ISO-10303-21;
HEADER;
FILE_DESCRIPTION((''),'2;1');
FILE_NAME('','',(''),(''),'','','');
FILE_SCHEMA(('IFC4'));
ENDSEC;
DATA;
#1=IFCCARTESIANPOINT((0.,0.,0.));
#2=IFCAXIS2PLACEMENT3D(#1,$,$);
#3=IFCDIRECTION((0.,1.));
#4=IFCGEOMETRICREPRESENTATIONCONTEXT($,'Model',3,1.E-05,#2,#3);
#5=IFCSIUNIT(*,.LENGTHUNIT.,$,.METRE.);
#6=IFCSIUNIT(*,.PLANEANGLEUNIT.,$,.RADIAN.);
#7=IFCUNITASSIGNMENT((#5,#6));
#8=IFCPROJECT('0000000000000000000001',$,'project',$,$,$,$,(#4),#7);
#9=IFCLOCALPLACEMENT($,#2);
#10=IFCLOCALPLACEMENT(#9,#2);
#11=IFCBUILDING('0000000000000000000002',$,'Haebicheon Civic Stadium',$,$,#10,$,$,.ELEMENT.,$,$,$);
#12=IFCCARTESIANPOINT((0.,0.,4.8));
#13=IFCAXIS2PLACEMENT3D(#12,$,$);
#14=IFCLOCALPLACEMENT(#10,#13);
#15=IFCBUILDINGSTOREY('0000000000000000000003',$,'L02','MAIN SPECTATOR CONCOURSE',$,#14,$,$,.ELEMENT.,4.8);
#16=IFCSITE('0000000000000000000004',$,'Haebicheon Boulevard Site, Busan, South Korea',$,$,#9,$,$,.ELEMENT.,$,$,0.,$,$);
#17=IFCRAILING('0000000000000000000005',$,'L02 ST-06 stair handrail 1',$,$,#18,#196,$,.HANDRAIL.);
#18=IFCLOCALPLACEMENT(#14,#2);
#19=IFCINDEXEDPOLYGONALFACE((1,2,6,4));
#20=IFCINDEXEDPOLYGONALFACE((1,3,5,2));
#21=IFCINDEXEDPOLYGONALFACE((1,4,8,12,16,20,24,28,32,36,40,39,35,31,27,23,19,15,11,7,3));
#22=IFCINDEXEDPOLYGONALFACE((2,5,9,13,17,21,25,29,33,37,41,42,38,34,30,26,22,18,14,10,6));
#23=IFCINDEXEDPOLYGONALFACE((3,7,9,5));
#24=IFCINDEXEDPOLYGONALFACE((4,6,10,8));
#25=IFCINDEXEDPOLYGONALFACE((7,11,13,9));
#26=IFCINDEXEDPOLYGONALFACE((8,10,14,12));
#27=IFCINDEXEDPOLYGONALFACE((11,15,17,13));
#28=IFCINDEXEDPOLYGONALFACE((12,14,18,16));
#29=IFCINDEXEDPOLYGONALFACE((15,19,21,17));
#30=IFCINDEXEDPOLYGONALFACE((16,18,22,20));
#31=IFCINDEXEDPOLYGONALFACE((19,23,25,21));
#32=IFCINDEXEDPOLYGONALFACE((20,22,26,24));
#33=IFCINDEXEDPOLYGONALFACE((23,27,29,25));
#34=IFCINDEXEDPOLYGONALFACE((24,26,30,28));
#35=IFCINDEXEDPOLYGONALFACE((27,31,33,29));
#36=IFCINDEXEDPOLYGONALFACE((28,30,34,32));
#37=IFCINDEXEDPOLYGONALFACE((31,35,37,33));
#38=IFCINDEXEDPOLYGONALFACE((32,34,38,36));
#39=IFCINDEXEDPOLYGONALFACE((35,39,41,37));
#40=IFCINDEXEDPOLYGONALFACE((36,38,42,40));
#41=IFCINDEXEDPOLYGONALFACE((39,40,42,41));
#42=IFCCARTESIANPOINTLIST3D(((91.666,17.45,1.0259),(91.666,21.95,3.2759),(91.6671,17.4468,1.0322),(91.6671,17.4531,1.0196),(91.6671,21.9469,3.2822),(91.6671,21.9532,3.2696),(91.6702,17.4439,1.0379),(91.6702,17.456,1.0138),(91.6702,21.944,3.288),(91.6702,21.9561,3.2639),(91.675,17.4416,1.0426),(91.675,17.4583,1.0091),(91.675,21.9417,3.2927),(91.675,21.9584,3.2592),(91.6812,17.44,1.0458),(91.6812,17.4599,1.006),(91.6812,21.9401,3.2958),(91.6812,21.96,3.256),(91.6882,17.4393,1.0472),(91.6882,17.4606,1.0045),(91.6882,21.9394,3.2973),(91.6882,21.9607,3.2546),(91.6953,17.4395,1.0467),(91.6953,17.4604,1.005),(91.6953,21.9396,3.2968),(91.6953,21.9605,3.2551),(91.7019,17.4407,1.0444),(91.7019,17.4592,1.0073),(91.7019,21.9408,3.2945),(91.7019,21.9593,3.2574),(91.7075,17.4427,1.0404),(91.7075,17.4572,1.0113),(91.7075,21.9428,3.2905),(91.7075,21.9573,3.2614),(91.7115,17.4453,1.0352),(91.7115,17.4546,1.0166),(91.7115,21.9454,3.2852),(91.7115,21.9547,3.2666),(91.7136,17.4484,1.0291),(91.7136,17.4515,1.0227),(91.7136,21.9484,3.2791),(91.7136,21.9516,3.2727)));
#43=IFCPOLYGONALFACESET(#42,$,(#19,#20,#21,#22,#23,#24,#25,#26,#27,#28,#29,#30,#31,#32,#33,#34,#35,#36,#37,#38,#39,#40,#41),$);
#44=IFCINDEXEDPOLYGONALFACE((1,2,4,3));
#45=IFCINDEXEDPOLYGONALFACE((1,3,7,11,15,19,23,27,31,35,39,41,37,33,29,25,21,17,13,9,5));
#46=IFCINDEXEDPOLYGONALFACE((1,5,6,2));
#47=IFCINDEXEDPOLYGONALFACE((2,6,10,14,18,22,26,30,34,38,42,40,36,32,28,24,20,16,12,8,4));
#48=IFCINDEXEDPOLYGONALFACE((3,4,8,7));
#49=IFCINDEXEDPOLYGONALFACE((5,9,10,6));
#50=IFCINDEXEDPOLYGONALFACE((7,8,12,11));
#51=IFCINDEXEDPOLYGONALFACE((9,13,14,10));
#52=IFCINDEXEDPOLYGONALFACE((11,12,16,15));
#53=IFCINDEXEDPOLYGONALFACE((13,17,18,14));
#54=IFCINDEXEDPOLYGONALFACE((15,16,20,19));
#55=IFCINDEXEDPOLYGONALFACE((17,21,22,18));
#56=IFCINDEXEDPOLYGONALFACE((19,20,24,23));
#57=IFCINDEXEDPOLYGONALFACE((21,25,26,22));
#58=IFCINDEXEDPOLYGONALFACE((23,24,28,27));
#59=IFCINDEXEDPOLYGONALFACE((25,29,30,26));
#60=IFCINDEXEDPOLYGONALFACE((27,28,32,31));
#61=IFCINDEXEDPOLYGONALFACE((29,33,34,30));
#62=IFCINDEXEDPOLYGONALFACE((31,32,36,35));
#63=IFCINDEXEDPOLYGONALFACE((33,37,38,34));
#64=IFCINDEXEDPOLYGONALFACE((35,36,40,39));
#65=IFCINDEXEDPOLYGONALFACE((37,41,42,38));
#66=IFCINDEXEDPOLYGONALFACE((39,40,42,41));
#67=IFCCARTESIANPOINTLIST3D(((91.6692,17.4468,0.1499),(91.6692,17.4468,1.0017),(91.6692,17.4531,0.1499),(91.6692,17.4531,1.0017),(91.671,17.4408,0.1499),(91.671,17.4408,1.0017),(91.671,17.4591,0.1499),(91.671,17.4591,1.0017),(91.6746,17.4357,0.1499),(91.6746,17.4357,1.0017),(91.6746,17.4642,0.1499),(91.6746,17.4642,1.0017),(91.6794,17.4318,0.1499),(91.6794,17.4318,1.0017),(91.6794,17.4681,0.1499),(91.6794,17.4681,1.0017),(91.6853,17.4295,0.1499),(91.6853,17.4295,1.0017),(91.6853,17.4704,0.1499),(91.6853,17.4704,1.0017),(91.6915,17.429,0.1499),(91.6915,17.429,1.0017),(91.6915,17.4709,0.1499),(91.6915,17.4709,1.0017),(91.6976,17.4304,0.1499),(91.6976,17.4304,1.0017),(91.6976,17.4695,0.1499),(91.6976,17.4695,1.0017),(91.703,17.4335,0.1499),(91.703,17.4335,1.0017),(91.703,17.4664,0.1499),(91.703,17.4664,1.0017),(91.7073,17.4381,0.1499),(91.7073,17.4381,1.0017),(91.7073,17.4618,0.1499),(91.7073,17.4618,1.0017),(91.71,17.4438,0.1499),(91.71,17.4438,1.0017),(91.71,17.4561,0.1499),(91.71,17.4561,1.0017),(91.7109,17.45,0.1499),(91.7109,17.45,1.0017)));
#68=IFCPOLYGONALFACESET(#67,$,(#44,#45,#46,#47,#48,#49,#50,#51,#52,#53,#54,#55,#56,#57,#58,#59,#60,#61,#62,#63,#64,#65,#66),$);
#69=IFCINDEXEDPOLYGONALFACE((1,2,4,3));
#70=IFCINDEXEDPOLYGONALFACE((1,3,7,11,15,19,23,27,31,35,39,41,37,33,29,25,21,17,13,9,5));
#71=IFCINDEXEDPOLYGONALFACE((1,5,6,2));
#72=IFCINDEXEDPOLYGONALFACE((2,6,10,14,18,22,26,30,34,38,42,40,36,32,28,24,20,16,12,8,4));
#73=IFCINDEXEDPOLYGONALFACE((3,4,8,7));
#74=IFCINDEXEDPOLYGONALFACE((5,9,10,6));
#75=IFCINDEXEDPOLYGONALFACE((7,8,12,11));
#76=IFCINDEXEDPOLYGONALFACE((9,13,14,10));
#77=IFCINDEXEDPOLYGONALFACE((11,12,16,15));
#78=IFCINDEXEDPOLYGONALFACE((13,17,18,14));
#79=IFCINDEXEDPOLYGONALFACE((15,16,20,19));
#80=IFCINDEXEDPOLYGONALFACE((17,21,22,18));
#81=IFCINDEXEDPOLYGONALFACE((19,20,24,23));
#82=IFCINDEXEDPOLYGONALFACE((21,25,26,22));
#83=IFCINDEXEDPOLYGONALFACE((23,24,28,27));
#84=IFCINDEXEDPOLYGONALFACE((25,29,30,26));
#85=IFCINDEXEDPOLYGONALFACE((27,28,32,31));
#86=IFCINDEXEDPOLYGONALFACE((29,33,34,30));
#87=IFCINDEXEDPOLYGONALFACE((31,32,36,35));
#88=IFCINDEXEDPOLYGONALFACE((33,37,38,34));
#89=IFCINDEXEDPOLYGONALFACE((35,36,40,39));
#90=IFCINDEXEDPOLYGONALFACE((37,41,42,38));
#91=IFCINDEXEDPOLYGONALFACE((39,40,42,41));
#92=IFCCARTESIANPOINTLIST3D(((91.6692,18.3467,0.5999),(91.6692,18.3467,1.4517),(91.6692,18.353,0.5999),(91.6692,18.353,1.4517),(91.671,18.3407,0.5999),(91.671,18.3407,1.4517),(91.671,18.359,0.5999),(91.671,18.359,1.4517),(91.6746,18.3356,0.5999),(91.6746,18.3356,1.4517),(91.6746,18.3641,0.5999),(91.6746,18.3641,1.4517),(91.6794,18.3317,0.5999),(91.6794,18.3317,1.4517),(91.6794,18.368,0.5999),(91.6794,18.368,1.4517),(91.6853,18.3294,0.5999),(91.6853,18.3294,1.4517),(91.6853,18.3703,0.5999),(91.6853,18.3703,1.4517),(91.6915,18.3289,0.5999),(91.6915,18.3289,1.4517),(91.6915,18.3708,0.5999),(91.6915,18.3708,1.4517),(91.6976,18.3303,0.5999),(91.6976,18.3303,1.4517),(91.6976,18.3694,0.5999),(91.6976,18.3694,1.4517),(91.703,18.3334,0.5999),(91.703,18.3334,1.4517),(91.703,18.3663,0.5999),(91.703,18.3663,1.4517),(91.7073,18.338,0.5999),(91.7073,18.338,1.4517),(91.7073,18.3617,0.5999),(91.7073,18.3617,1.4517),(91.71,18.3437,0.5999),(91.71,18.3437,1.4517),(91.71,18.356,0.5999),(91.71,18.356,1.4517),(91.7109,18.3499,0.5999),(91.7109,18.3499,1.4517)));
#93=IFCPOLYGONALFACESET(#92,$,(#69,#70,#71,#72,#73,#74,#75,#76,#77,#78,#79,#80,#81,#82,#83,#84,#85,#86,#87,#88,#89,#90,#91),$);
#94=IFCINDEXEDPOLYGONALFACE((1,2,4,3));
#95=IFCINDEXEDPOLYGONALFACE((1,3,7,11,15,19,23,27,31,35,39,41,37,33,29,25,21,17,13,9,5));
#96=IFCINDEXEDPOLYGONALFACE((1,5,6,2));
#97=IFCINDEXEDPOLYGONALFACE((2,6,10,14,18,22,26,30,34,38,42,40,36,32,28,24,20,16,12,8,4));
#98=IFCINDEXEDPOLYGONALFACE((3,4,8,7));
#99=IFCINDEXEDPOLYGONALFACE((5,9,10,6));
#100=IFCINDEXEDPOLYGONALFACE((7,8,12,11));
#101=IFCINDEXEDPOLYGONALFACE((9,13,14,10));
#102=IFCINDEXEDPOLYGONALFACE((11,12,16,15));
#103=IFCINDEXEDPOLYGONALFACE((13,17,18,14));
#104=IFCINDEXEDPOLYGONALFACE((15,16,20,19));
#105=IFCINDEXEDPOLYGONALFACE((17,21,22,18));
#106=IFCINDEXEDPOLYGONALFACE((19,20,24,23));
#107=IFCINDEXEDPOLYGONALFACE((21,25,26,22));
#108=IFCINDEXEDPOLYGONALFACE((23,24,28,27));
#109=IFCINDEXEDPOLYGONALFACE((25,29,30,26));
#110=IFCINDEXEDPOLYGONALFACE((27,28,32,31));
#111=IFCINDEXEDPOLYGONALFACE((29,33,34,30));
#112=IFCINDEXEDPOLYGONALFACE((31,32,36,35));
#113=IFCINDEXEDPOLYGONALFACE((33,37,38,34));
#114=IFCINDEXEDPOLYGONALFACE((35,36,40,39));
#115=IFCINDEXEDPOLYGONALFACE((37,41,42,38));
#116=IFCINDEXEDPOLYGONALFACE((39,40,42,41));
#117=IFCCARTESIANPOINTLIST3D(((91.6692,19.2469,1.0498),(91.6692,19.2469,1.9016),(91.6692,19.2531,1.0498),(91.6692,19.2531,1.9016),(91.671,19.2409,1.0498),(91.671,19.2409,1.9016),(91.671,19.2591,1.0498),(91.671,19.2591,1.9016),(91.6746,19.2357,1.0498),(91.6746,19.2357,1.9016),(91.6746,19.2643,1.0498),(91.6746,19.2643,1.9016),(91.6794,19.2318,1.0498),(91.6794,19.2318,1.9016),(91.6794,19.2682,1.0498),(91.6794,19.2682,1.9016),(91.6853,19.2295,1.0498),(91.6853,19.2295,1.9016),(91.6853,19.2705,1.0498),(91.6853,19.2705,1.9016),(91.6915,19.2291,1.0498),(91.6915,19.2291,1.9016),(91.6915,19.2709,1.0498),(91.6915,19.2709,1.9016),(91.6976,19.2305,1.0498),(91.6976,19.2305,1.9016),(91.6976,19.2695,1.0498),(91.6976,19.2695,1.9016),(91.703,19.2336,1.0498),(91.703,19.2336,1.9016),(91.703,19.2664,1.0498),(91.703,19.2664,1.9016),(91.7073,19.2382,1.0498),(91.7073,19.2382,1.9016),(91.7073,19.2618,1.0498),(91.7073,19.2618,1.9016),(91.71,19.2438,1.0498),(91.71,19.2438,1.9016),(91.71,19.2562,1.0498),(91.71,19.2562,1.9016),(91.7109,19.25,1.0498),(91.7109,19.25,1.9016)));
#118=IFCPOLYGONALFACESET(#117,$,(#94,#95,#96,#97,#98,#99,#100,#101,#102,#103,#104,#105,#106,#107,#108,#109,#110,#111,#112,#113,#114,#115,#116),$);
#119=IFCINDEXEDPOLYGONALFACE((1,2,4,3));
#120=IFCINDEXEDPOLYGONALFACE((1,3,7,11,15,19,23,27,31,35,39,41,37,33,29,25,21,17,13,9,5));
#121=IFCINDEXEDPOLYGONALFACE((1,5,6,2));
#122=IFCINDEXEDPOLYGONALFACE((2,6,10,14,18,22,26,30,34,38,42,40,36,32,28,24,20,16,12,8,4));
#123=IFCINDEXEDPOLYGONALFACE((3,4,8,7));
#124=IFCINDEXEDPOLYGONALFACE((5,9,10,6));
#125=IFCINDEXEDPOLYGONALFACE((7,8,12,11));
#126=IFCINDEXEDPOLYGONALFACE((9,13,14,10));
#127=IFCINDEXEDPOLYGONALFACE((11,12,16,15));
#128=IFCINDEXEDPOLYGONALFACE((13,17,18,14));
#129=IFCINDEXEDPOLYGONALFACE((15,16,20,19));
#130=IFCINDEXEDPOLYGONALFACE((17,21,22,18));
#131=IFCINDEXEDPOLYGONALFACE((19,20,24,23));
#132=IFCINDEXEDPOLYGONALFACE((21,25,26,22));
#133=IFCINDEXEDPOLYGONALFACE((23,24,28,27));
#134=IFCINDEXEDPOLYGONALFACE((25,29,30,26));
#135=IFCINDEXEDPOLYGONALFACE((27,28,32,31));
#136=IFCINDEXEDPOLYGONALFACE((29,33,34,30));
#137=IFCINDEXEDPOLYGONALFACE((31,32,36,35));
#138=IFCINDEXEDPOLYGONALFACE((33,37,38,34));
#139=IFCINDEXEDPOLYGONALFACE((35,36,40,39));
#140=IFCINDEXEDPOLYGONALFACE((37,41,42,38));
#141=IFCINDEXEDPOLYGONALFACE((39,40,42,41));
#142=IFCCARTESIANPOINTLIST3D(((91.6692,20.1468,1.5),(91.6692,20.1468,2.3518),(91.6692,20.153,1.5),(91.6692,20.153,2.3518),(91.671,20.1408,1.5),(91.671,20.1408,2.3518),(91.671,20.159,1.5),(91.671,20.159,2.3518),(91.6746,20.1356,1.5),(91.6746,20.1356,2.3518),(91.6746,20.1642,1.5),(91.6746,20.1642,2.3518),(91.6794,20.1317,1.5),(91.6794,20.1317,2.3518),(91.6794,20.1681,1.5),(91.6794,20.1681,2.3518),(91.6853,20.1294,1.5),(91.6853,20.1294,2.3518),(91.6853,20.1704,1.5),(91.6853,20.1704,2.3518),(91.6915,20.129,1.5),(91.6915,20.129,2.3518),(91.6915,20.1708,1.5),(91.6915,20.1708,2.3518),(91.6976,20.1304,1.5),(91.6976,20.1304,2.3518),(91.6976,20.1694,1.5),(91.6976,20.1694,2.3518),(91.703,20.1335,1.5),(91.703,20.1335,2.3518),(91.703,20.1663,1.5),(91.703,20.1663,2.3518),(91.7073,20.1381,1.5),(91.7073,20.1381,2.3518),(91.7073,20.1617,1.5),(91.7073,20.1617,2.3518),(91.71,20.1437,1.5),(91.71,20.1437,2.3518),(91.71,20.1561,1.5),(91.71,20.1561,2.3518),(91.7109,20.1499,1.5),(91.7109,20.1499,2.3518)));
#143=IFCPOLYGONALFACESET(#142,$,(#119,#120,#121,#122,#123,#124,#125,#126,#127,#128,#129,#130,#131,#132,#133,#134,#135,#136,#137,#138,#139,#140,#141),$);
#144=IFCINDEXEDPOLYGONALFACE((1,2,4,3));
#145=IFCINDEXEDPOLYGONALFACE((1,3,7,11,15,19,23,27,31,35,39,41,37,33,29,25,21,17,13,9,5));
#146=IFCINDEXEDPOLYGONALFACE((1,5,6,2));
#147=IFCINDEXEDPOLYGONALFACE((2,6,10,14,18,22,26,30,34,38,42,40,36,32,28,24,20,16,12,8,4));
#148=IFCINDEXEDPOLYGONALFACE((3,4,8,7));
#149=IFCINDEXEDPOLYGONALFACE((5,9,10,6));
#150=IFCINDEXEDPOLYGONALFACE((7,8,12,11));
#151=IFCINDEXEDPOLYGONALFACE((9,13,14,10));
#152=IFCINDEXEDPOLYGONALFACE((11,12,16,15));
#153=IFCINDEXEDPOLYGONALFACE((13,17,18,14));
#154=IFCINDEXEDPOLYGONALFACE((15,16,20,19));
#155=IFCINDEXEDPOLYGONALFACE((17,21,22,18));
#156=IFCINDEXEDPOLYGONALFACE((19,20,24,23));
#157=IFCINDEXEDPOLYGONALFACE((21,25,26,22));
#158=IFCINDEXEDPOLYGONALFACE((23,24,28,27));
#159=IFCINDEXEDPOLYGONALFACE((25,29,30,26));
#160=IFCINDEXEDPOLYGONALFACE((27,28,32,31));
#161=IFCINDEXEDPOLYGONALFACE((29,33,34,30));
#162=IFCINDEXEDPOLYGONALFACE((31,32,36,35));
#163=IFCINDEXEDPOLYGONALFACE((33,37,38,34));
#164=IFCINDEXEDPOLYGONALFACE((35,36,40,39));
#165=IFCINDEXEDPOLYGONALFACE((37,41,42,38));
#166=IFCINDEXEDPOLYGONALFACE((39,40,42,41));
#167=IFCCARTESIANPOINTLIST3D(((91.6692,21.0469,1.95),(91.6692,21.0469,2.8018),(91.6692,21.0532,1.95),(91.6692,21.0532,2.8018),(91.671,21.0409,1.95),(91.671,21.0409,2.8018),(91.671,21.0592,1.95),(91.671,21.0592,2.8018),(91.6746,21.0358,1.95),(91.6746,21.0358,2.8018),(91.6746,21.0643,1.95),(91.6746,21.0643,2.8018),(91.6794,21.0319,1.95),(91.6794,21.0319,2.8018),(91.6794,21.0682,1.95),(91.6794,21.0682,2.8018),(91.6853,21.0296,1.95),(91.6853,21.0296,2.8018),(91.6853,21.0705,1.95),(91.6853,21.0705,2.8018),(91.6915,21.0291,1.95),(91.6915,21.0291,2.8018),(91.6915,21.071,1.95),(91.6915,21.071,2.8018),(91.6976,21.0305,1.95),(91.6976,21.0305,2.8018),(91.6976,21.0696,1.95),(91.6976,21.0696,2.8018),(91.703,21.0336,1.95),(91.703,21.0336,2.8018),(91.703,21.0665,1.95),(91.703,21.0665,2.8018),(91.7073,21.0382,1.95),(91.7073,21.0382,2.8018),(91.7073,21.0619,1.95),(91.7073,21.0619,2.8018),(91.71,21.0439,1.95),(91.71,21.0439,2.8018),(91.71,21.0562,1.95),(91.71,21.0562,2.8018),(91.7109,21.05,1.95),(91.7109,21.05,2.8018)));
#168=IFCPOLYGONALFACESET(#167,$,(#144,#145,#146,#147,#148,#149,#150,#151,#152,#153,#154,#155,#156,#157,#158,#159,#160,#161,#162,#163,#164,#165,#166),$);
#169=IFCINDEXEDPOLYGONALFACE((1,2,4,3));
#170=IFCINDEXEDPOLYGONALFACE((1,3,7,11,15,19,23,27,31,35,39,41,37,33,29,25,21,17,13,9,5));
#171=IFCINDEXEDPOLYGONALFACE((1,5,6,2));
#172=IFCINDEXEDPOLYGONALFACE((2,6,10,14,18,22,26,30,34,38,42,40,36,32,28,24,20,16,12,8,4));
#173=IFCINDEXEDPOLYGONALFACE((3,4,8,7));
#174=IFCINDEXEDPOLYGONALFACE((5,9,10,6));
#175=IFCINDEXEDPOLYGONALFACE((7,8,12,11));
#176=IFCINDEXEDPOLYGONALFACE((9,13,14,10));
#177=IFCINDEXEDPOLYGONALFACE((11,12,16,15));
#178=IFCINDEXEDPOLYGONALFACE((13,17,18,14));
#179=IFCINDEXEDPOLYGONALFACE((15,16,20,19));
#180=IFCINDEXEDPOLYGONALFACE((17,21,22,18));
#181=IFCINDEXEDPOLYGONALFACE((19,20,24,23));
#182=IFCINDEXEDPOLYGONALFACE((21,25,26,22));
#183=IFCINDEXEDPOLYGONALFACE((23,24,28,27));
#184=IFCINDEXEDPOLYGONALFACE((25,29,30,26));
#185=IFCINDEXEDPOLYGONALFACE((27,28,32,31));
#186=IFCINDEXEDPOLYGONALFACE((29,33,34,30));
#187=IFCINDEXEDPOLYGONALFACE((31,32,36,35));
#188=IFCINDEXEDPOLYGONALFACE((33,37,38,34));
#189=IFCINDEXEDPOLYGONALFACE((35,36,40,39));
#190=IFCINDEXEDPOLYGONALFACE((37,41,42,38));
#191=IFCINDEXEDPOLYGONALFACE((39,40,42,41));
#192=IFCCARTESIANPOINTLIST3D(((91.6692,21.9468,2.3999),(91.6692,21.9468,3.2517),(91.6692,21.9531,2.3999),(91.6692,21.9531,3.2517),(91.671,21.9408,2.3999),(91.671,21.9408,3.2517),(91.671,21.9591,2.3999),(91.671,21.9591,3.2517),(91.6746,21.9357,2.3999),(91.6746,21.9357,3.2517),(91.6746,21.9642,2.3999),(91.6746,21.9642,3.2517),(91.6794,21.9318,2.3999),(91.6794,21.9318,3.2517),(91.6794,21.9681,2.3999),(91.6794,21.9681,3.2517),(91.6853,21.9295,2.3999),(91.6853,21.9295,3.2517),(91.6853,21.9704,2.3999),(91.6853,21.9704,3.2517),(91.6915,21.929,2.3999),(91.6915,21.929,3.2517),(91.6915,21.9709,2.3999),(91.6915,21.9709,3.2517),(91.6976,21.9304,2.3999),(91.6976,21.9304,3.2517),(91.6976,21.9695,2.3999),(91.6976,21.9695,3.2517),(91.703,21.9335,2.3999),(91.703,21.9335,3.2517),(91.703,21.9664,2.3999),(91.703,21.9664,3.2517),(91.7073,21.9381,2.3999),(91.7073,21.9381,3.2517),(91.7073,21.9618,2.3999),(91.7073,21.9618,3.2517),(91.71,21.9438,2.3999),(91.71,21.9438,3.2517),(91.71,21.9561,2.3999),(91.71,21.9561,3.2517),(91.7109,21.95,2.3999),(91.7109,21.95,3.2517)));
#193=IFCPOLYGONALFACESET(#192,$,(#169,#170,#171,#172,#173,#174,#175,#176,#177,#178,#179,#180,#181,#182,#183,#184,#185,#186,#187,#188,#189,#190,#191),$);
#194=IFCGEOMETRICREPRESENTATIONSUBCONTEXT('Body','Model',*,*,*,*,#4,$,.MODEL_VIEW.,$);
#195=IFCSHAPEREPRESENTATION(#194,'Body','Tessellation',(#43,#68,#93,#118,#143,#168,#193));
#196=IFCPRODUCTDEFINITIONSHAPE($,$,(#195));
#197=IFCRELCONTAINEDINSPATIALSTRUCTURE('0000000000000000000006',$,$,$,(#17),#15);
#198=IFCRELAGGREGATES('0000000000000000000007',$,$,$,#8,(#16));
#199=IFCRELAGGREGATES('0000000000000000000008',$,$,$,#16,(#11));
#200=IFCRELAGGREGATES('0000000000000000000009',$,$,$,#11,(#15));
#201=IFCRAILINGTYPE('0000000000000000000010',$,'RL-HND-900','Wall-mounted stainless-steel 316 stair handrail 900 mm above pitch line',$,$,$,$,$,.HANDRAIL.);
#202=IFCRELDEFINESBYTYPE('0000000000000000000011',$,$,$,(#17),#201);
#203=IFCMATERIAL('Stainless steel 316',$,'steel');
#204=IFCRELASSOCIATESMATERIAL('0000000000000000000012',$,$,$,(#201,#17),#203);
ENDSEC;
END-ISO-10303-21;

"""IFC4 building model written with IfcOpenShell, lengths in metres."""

from ifc_helpers import new_model, si_unit, direction, frame, origin, origin_2d, place, context, subcontext, project, spatial, circle, extrude, material, type_object, element, save


model = new_model("IFC4")

# Units and contexts
model_context = context("Model", 3, precision=1e-05, world=origin(), true_north=direction((0.0, 1.0)))
body_context = subcontext(model_context, "Body", "Model", "MODEL_VIEW")
ifc_project = project(units=[si_unit("LENGTHUNIT", "METRE"), si_unit("PLANEANGLEUNIT", "RADIAN")], contexts=[model_context])

# Site, building, storey
site_placement = place(None, origin())
site = spatial("IfcSite", under=ifc_project, at=site_placement, Name="Haebicheon Boulevard Site, Busan, South Korea", CompositionType="ELEMENT", RefElevation=0.0)
building_placement = place(site_placement, origin())
building = spatial("IfcBuilding", under=site, at=building_placement, Name="Haebicheon Civic Stadium", CompositionType="ELEMENT")
storey_placement = place(building_placement, frame((0.0, 0.0, 4.8)))
storey = spatial("IfcBuildingStorey", under=building, at=storey_placement, Name="L02", Description="MAIN SPECTATOR CONCOURSE", CompositionType="ELEMENT", Elevation=4.8)

# Railing
ifc_material_1 = material(Name="Stainless steel 316", Category="steel")
railing_type_1 = type_object("IfcRailingType", Name="RL-HND-900", Description="Wall-mounted stainless-steel 316 stair handrail 900 mm above pitch line", PredefinedType="HANDRAIL", material=ifc_material_1)
railing_1_placement = place(storey_placement, frame((91.6899, 17.45, 0.1499)))
element("IfcRailing", 1, at=railing_1_placement, inside=storey, type_object=railing_type_1, material=ifc_material_1, Name="L02 ST-06 stair handrail 1", PredefinedType="HANDRAIL", context=body_context, shape_type="SweptSolid", body=[
    extrude(circle(Radius=0.0239, at=origin_2d()), frame((0.0, 0.0, 0.876), z_axis=(0.0, 0.894427, 0.447214), x_axis=(-1.0, 0.0, 0.0)), (0.0, 0.0, 1.0), 5.0312),
    extrude(circle(Radius=0.021, at=origin_2d()), origin(), (0.0, 0.0, 1.0), 0.8518),
    extrude(circle(Radius=0.021, at=origin_2d()), frame((0.0, 0.8999, 0.45)), (0.0, 0.0, 1.0), 0.8518),
    extrude(circle(Radius=0.021, at=origin_2d()), frame((0.0, 1.8, 0.8999)), (0.0, 0.0, 1.0), 0.8518),
    extrude(circle(Radius=0.021, at=origin_2d()), frame((0.0, 2.7, 1.3501)), (0.0, 0.0, 1.0), 0.8518),
    extrude(circle(Radius=0.021, at=origin_2d()), frame((0.0, 3.6001, 1.8)), (0.0, 0.0, 1.0), 0.8518),
    extrude(circle(Radius=0.021, at=origin_2d()), frame((0.0, 4.5, 2.25)), (0.0, 0.0, 1.0), 0.8518),
])

save(model, "model.ifc")
